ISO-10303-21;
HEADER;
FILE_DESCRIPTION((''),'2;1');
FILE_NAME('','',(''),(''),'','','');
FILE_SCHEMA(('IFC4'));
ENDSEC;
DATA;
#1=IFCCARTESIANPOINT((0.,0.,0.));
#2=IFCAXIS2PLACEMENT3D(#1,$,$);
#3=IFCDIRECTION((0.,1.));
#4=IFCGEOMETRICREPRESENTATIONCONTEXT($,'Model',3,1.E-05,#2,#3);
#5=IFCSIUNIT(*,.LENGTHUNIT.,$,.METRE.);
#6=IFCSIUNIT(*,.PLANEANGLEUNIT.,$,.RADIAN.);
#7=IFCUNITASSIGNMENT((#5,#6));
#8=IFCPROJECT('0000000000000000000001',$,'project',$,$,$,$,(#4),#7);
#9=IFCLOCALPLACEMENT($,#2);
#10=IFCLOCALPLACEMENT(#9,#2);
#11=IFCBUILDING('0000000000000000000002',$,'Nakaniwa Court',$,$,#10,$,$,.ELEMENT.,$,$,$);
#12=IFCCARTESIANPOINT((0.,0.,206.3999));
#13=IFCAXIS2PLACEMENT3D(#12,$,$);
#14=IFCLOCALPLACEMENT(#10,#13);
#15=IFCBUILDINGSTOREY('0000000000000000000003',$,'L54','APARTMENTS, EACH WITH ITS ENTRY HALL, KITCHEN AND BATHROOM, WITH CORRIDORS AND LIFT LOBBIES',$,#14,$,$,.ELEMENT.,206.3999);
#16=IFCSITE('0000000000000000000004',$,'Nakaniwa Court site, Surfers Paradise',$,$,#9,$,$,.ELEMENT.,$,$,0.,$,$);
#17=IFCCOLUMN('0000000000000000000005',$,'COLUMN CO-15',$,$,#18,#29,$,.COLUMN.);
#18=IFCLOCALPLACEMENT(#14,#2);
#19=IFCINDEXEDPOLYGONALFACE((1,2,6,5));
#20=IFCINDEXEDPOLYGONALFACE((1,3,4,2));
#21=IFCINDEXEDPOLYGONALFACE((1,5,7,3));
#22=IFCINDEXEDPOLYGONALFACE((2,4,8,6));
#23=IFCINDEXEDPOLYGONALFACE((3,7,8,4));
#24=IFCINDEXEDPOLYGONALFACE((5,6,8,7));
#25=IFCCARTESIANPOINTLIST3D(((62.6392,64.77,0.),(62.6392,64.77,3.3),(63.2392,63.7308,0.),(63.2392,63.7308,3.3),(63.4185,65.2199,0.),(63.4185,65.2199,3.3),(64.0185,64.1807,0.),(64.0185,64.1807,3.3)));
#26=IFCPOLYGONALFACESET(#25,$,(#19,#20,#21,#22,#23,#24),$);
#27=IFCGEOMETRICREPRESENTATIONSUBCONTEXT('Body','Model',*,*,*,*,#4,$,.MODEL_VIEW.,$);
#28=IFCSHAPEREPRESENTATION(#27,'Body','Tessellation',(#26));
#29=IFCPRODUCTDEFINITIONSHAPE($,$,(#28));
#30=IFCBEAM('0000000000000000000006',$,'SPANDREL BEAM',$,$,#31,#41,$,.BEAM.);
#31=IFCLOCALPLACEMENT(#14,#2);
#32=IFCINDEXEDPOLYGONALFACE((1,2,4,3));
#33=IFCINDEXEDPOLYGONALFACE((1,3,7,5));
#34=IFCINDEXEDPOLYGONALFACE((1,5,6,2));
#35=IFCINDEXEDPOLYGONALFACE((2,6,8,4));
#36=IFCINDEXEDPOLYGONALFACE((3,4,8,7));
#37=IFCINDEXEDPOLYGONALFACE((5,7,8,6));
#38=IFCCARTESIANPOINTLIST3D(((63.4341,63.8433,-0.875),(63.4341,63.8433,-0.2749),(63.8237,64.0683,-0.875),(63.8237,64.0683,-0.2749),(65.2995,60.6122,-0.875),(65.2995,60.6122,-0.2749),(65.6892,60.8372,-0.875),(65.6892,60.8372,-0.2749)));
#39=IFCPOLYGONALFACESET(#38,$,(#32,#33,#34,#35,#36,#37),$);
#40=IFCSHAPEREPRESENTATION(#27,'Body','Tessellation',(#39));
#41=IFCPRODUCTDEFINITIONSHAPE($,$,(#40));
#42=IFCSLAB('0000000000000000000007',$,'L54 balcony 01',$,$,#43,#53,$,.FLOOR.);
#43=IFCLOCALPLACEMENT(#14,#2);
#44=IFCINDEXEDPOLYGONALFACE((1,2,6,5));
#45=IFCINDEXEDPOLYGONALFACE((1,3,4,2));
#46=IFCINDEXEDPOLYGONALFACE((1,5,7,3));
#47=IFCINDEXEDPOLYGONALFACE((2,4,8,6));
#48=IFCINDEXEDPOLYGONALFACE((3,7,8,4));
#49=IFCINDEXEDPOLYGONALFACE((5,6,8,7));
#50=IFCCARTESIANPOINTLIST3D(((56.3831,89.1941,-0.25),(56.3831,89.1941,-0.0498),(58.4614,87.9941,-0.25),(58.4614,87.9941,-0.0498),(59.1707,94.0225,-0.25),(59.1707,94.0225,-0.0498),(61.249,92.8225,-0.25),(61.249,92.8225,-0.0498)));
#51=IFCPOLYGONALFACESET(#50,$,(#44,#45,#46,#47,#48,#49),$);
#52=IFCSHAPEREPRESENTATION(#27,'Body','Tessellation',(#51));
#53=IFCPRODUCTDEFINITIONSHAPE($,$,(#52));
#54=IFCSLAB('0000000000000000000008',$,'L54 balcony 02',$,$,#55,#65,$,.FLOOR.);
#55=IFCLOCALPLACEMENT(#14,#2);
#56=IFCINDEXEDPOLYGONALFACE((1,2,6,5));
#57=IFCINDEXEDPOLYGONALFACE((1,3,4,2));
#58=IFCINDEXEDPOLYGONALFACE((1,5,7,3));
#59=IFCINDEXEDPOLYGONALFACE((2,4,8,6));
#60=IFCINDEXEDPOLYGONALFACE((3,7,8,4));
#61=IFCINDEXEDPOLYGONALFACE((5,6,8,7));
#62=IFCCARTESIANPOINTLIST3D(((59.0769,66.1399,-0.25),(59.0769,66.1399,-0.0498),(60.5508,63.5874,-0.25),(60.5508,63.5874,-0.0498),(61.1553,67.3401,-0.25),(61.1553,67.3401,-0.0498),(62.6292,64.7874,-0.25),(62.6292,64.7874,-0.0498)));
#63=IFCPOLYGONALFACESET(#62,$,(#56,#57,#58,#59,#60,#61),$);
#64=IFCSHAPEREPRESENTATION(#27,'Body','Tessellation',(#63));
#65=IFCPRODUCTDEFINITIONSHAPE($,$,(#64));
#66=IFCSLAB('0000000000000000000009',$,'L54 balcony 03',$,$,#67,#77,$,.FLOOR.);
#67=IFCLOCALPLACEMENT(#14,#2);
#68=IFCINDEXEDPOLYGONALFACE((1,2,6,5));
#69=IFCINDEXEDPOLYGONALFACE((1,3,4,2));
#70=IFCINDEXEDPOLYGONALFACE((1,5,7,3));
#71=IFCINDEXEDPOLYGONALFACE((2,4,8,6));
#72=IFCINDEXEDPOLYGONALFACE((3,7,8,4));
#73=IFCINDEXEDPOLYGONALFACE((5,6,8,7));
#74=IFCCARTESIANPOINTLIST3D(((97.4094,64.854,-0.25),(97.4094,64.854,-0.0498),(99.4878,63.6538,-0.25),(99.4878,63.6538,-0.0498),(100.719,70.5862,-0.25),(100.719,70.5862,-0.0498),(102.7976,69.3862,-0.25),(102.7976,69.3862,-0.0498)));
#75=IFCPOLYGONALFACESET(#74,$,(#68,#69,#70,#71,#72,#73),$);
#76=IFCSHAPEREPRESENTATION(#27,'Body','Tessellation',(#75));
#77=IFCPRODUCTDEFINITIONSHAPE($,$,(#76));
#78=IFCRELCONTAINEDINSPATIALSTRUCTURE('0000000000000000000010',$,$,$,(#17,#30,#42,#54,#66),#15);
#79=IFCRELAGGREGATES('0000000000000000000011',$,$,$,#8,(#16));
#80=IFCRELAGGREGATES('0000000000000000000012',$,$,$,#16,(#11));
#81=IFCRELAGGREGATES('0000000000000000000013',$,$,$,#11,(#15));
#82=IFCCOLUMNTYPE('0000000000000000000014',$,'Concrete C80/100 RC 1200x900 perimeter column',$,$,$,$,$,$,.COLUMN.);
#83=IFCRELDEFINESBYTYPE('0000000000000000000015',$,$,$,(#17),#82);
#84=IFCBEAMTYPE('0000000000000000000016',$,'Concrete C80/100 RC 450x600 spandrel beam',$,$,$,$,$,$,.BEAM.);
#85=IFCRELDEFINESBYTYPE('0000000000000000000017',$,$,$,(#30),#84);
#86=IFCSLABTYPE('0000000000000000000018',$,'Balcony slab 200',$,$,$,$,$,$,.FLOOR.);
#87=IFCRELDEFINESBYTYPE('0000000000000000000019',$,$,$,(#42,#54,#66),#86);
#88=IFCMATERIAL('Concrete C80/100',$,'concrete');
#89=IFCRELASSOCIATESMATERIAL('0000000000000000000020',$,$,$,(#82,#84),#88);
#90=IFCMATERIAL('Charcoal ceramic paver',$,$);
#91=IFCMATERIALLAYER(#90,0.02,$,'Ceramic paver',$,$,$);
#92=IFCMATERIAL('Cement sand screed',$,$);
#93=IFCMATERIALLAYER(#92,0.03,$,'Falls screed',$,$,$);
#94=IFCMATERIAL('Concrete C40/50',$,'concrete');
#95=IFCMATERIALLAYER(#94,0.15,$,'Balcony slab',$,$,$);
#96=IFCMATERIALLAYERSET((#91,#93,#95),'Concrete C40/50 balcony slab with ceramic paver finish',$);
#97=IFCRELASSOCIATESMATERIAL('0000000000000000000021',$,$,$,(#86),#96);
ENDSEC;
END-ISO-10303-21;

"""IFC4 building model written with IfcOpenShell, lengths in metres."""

from ifc_helpers import new_model, si_unit, direction, frame, origin, origin_2d, place, context, subcontext, project, spatial, polyline, rectangle, outline, extrude, material, layer, layer_set, material_profile, profile_set, type_object, element, save


model = new_model("IFC4")

# Units and contexts
model_context = context("Model", 3, precision=1e-05, world=origin(), true_north=direction((0.0, 1.0)))
body_context = subcontext(model_context, "Body", "Model", "MODEL_VIEW")
ifc_project = project(units=[si_unit("LENGTHUNIT", "METRE"), si_unit("PLANEANGLEUNIT", "RADIAN")], contexts=[model_context])

# Site, building, storey
site_placement = place(None, origin())
site = spatial("IfcSite", under=ifc_project, at=site_placement, Name="Nakaniwa Court site, Surfers Paradise", CompositionType="ELEMENT", RefElevation=0.0)
building_placement = place(site_placement, origin())
building = spatial("IfcBuilding", under=site, at=building_placement, Name="Nakaniwa Court", CompositionType="ELEMENT")
storey_placement = place(building_placement, frame((0.0, 0.0, 206.3999)))
storey = spatial("IfcBuildingStorey", under=building, at=storey_placement, Name="L54", Description="APARTMENTS, EACH WITH ITS ENTRY HALL, KITCHEN AND BATHROOM, WITH CORRIDORS AND LIFT LOBBIES", CompositionType="ELEMENT", Elevation=206.3999)

# Column
ifc_material_1 = material(Name="Concrete C80/100", Category="concrete")
ifc_material_profile_1 = material_profile(ifc_material_1, rectangle(XDim=1.2, YDim=0.8999, at=origin_2d()), Name="Concrete C80/100 RC 1200x900 perimeter column")
ifc_profile_set_1 = profile_set([ifc_material_profile_1], Name="Concrete C80/100")
column_type = type_object("IfcColumnType", Name="Concrete C80/100 RC 1200x900 perimeter column", PredefinedType="COLUMN", material=ifc_profile_set_1)
column_placement = place(storey_placement, frame((63.3289, 64.4753, 0.0), z_axis=(0.0, 0.0, 1.0), x_axis=(0.5, -0.866025, 0.0)))
element("IfcColumn", 1, at=column_placement, inside=storey, type_object=column_type, Name="COLUMN CO-15", PredefinedType="COLUMN", context=body_context, shape_type="SweptSolid", body=[
    extrude(rectangle(XDim=1.2, YDim=0.8999, at=origin_2d()), origin(), (0.0, 0.0, 1.0), 3.3),
])

# Beam
ifc_material_profile_2 = material_profile(ifc_material_1, rectangle(XDim=0.45, YDim=0.6001, at=origin_2d()), Name="Concrete C80/100 RC 450x600 spandrel beam")
ifc_profile_set_2 = profile_set([ifc_material_profile_2], Name="Concrete C80/100")
beam_type = type_object("IfcBeamType", Name="Concrete C80/100 RC 450x600 spandrel beam", PredefinedType="BEAM", material=ifc_profile_set_2)
beam_placement = place(storey_placement, frame((63.6289, 63.9558, -0.575), z_axis=(0.499989, -0.866032, 0.0), x_axis=(0.866032, 0.499989, 0.0)))
element("IfcBeam", 2, at=beam_placement, inside=storey, type_object=beam_type, Name="SPANDREL BEAM", PredefinedType="BEAM", context=body_context, shape_type="SweptSolid", body=[
    extrude(rectangle(XDim=0.45, YDim=0.6001, at=origin_2d()), origin(), (0.0, 0.0, 1.0), 3.731),
])

# Slabs
ifc_material_2 = material(Name="Charcoal ceramic paver")
ifc_layer_1 = layer(ifc_material_2, 0.02, Name="Ceramic paver")
ifc_material_3 = material(Name="Cement sand screed")
ifc_layer_2 = layer(ifc_material_3, 0.03, Name="Falls screed")
ifc_material_4 = material(Name="Concrete C40/50", Category="concrete")
ifc_layer_3 = layer(ifc_material_4, 0.15, Name="Balcony slab")
ifc_layer_set_1 = layer_set([ifc_layer_1, ifc_layer_2, ifc_layer_3], Name="Concrete C40/50 balcony slab with ceramic paver finish")
slab_type_1 = type_object("IfcSlabType", Name="Balcony slab 200", PredefinedType="FLOOR", material=ifc_layer_set_1)
slab_1_placement = place(storey_placement, frame((0.0, 0.0, -0.25)))
element("IfcSlab", 3, at=slab_1_placement, inside=storey, type_object=slab_type_1, Name="L54 balcony 01", PredefinedType="FLOOR", context=body_context, shape_type="SweptSolid", body=[
    extrude(outline(polyline([(61.249, 92.8225), (58.4614, 87.9941), (56.3831, 89.1941), (59.1707, 94.0225), (61.249, 92.8225)])), origin(), (0.0, 0.0, 1.0), 0.2002),
])
slab_2_placement = place(storey_placement, frame((0.0, 0.0, -0.25)))
element("IfcSlab", 4, at=slab_2_placement, inside=storey, type_object=slab_type_1, Name="L54 balcony 02", PredefinedType="FLOOR", context=body_context, shape_type="SweptSolid", body=[
    extrude(outline(polyline([(61.1553, 67.3401), (62.6292, 64.7874), (60.5508, 63.5874), (59.0769, 66.1399), (61.1553, 67.3401)])), origin(), (0.0, 0.0, 1.0), 0.2002),
])
slab_3_placement = place(storey_placement, frame((0.0, 0.0, -0.25)))
element("IfcSlab", 5, at=slab_3_placement, inside=storey, type_object=slab_type_1, Name="L54 balcony 03", PredefinedType="FLOOR", context=body_context, shape_type="SweptSolid", body=[
    extrude(outline(polyline([(97.4094, 64.854), (100.719, 70.5862), (102.7976, 69.3862), (99.4878, 63.6538), (97.4094, 64.854)])), origin(), (0.0, 0.0, 1.0), 0.2002),
])

save(model, "model.ifc")
